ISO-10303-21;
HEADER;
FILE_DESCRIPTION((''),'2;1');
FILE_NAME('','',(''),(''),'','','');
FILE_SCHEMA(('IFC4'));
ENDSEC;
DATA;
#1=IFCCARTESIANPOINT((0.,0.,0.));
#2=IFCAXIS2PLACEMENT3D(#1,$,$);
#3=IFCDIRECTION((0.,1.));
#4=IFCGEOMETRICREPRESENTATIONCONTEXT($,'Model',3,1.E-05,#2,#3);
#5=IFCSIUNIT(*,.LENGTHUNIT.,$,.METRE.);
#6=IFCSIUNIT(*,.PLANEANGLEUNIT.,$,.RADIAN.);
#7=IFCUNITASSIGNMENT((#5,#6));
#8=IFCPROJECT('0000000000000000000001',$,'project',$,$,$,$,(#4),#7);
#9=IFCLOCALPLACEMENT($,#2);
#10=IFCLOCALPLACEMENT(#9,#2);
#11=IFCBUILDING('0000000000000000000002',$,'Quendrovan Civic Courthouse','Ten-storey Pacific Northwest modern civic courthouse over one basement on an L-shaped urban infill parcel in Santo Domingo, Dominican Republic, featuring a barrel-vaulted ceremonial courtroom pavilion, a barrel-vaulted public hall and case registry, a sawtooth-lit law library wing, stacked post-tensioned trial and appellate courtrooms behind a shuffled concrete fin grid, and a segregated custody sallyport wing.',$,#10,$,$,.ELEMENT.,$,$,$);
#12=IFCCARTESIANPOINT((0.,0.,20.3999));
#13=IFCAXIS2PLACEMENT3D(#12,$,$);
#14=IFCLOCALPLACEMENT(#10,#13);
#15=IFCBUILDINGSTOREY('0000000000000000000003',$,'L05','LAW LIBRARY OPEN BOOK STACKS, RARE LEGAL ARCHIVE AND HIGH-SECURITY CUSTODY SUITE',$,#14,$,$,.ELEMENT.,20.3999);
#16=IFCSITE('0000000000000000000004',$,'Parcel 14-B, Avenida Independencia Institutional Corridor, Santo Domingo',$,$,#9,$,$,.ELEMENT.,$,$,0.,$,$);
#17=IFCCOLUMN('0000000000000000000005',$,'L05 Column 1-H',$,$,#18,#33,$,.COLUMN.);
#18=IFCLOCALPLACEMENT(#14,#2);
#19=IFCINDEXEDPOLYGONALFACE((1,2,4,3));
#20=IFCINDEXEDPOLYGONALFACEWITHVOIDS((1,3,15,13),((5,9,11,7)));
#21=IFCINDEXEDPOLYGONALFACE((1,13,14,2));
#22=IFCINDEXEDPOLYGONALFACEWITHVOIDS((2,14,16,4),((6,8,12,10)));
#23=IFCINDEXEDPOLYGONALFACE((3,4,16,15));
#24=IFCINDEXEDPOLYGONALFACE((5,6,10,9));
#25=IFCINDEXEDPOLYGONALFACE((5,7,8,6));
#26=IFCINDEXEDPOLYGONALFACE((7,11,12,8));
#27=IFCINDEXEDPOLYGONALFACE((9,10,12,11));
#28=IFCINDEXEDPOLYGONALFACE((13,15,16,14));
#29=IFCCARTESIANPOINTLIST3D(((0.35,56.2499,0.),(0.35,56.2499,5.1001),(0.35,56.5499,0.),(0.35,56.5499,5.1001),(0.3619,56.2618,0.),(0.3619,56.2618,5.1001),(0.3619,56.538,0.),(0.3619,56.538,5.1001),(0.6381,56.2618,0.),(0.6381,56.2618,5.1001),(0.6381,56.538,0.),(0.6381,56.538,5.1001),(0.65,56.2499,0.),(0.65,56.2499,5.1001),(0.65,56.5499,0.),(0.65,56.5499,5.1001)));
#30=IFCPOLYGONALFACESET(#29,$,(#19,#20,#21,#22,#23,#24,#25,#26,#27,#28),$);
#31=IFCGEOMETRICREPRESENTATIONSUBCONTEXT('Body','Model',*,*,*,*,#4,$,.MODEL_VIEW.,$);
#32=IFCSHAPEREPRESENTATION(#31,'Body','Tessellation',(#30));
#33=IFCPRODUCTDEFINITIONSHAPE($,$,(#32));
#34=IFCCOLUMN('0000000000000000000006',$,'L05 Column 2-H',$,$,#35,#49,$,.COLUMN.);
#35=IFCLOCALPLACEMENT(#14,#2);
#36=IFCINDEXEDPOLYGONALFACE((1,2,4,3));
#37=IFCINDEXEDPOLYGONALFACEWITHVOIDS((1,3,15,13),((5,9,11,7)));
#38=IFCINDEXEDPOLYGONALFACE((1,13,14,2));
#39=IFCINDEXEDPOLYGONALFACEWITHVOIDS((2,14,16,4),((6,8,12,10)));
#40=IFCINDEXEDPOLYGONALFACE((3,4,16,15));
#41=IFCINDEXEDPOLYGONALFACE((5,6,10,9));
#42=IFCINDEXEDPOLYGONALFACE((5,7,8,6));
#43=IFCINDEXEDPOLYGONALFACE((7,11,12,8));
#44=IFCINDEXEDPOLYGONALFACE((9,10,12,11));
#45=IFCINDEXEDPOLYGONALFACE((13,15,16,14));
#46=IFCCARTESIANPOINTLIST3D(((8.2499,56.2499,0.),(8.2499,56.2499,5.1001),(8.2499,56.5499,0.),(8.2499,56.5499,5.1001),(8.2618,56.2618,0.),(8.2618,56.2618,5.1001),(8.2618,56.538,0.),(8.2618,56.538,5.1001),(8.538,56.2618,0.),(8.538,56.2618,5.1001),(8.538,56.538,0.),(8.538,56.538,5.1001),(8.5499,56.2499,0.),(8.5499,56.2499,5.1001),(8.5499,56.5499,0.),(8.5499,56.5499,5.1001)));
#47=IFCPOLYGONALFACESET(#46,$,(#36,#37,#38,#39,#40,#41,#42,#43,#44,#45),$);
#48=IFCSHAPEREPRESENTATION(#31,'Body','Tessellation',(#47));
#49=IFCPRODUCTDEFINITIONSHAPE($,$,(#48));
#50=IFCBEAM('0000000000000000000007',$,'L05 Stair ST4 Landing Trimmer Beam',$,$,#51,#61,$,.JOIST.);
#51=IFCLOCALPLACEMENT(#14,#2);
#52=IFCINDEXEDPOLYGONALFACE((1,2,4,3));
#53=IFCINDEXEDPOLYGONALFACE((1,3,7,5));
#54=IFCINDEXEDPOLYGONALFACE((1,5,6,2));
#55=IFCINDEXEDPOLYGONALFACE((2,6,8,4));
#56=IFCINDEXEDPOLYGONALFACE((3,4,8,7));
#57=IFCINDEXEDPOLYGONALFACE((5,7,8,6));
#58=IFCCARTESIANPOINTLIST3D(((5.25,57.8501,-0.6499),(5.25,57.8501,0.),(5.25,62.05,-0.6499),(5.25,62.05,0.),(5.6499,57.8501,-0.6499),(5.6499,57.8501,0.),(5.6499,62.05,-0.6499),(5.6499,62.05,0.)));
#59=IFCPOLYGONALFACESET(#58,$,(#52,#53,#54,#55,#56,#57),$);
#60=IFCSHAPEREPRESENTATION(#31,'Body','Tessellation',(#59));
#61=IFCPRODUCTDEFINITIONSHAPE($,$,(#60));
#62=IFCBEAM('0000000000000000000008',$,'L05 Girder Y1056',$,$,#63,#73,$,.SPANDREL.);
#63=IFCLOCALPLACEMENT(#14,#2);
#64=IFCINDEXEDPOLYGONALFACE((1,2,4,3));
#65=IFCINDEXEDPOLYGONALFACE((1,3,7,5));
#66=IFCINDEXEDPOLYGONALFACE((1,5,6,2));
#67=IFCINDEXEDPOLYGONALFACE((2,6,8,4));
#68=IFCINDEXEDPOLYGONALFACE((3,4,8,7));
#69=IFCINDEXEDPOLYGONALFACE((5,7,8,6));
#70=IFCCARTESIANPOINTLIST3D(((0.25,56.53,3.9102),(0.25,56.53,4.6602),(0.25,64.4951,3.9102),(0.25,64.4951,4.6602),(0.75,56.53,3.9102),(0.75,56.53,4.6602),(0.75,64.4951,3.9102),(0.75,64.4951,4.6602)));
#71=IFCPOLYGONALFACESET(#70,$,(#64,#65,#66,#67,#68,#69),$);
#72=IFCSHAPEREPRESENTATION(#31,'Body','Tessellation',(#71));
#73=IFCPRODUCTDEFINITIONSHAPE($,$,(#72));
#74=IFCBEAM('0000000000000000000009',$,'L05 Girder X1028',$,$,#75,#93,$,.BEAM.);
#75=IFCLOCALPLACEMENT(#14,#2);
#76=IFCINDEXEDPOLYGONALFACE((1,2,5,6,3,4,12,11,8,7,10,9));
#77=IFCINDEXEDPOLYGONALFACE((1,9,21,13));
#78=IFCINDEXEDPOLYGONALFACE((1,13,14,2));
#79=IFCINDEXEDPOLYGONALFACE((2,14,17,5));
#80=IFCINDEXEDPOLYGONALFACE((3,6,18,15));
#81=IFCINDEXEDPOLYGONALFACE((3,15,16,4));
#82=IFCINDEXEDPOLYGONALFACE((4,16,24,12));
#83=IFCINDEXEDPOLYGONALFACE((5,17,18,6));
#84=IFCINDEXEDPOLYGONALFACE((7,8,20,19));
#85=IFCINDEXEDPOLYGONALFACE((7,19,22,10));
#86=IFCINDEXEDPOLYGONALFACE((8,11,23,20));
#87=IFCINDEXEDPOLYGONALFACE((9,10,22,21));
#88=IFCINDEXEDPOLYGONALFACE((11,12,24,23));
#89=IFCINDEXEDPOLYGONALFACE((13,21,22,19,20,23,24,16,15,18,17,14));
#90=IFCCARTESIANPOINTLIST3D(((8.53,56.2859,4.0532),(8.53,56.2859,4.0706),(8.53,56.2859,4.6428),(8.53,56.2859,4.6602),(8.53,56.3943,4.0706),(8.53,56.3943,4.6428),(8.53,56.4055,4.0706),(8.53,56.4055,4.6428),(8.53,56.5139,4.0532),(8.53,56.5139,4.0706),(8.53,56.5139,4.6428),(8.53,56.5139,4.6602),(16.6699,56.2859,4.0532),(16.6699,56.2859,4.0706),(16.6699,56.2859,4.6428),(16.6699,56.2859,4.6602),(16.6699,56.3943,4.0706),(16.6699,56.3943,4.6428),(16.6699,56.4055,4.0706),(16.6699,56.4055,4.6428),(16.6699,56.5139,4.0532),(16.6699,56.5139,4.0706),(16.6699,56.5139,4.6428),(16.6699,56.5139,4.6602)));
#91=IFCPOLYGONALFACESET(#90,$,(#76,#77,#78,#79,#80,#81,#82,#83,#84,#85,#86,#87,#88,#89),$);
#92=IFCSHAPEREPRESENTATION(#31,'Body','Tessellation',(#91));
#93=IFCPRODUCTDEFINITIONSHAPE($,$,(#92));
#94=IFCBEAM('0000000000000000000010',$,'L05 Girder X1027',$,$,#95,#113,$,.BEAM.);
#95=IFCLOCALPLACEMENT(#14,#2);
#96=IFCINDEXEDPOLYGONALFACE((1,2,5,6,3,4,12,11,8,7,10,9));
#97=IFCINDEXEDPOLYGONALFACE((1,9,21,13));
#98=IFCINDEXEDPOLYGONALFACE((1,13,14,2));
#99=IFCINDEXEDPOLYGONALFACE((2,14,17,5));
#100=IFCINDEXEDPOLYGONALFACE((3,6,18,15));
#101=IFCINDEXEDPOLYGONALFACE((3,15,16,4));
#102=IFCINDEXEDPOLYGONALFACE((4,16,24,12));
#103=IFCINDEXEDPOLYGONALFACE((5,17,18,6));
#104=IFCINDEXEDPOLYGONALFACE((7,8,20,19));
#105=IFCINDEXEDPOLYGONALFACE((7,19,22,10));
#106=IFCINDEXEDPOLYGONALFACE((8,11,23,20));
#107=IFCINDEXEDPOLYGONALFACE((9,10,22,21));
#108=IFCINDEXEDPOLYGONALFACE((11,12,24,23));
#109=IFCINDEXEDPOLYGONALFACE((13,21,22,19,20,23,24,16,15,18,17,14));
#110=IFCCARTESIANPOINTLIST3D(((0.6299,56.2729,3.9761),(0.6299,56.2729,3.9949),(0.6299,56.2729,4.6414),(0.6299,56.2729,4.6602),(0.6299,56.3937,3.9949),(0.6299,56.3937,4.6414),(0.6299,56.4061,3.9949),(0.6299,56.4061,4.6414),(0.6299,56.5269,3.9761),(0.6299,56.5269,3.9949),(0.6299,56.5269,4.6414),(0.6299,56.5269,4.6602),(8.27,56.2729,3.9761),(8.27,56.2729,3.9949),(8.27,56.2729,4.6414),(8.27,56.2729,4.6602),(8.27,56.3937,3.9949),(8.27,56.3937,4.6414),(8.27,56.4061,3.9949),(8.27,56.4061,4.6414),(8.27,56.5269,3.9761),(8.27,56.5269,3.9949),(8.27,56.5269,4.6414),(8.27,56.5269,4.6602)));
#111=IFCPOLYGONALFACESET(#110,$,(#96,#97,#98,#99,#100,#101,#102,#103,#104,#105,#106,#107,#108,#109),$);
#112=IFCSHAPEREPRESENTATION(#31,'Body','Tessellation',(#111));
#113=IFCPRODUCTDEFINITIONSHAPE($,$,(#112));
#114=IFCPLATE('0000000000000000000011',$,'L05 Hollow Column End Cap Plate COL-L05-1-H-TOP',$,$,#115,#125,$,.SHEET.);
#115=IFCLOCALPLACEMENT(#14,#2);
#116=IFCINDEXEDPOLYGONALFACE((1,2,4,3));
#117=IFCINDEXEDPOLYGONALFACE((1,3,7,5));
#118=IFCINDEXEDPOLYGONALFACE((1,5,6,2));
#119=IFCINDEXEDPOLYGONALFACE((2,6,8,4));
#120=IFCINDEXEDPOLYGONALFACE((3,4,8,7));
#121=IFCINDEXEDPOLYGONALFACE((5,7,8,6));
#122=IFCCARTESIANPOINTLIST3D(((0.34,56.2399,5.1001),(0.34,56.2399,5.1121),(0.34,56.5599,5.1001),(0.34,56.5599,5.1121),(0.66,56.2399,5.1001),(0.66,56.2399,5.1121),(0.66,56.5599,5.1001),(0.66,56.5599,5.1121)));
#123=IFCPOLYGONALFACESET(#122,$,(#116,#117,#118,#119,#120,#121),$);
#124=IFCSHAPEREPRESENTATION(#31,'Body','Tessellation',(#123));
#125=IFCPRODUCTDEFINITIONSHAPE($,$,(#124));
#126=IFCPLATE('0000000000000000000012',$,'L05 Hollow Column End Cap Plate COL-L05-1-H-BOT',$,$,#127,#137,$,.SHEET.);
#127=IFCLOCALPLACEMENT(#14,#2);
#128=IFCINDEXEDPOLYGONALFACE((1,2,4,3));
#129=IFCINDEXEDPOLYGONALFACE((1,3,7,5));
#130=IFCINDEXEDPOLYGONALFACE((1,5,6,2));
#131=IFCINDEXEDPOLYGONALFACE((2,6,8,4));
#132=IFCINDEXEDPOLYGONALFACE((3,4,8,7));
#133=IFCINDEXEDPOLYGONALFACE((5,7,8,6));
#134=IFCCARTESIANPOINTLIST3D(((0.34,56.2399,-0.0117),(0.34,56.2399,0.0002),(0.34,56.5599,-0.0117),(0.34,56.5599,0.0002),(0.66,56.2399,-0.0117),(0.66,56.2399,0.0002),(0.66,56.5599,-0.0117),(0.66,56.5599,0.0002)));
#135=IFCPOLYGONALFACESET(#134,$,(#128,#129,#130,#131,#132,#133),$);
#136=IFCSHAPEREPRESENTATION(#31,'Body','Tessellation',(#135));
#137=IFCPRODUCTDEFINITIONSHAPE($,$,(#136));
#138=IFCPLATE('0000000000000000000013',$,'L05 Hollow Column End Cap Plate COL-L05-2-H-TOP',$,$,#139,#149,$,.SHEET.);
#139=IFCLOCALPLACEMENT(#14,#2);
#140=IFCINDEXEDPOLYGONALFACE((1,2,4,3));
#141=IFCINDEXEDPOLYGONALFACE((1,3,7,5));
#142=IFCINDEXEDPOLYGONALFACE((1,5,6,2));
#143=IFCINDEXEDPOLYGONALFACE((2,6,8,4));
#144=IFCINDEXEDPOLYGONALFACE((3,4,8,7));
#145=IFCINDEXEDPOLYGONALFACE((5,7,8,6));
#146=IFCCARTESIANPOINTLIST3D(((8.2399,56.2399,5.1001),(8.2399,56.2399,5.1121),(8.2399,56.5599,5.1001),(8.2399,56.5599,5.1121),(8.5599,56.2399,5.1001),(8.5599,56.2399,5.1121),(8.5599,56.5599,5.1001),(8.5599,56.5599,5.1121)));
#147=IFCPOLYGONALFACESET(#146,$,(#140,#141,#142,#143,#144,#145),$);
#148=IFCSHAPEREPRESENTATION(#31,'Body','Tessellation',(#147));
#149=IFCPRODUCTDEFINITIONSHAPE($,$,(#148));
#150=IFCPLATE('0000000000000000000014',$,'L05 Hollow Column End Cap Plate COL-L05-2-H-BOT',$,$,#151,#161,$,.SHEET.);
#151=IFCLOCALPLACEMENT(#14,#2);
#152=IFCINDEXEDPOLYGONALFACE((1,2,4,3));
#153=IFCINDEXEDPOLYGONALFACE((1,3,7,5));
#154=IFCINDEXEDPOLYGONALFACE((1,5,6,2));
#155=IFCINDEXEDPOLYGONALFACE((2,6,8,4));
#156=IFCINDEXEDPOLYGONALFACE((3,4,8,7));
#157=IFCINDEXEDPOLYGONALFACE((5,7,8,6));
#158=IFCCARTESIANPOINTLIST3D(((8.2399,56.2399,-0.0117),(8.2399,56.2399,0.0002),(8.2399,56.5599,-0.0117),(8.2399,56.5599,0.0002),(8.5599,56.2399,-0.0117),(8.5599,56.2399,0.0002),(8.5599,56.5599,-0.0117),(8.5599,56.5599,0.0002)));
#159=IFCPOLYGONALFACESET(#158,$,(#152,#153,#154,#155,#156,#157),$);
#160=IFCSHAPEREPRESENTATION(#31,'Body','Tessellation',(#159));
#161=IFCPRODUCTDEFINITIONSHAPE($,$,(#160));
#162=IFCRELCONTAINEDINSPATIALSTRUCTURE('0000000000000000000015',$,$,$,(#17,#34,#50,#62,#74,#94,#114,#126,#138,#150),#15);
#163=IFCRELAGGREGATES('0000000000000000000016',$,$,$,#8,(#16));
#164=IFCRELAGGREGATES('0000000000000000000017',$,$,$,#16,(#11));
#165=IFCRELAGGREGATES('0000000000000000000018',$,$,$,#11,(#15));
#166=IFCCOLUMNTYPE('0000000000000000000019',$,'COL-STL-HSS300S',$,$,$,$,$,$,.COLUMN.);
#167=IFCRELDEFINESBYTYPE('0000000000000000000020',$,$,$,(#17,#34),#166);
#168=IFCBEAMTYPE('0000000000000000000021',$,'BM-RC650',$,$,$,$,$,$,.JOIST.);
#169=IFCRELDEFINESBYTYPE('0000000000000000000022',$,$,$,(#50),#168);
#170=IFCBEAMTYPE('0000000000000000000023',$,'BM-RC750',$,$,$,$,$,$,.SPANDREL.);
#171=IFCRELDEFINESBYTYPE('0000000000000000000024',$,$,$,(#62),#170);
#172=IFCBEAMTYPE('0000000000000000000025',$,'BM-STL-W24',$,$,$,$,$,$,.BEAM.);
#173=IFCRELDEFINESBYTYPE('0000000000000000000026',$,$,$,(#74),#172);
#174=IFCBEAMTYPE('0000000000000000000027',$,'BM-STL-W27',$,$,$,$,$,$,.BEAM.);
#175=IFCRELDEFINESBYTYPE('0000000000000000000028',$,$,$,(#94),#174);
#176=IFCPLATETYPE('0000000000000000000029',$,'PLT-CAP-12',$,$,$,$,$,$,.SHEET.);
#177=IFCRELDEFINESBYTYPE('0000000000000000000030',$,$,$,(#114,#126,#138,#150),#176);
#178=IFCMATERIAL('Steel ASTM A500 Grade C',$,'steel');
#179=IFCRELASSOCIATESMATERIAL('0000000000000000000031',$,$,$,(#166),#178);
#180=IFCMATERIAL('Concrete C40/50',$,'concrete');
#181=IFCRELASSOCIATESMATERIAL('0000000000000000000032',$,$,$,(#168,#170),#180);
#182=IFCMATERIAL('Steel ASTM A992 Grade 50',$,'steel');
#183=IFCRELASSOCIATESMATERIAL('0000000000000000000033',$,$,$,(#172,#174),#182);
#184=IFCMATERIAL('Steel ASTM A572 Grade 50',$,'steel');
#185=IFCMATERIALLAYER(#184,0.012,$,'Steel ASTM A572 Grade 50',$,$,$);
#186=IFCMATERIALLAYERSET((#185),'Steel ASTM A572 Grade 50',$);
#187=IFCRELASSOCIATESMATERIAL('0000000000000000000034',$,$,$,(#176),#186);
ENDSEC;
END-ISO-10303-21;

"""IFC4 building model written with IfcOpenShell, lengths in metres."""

from ifc_helpers import new_model, si_unit, direction, frame, origin, origin_2d, place, context, subcontext, project, spatial, rectangle, hollow_rectangle, i_section, extrude, material, layer, layer_set, material_profile, profile_set, type_object, element, save


model = new_model("IFC4")

# Units and contexts
model_context = context("Model", 3, precision=1e-05, world=origin(), true_north=direction((0.0, 1.0)))
body_context = subcontext(model_context, "Body", "Model", "MODEL_VIEW")
ifc_project = project(units=[si_unit("LENGTHUNIT", "METRE"), si_unit("PLANEANGLEUNIT", "RADIAN")], contexts=[model_context])

# Site, building, storey
site_placement = place(None, origin())
site = spatial("IfcSite", under=ifc_project, at=site_placement, Name="Parcel 14-B, Avenida Independencia Institutional Corridor, Santo Domingo", CompositionType="ELEMENT", RefElevation=0.0)
building_placement = place(site_placement, origin())
building = spatial("IfcBuilding", under=site, at=building_placement, Name="Quendrovan Civic Courthouse", Description="Ten-storey Pacific Northwest modern civic courthouse over one basement on an L-shaped urban infill parcel in Santo Domingo, Dominican Republic, featuring a barrel-vaulted ceremonial courtroom pavilion, a barrel-vaulted public hall and case registry, a sawtooth-lit law library wing, stacked post-tensioned trial and appellate courtrooms behind a shuffled concrete fin grid, and a segregated custody sallyport wing.", CompositionType="ELEMENT")
storey_placement = place(building_placement, frame((0.0, 0.0, 20.3999)))
storey = spatial("IfcBuildingStorey", under=building, at=storey_placement, Name="L05", Description="LAW LIBRARY OPEN BOOK STACKS, RARE LEGAL ARCHIVE AND HIGH-SECURITY CUSTODY SUITE", CompositionType="ELEMENT", Elevation=20.3999)

# Columns
ifc_material_1 = material(Name="Steel ASTM A500 Grade C", Category="steel")
ifc_material_profile_1 = material_profile(ifc_material_1, hollow_rectangle(XDim=0.3, YDim=0.3, WallThickness=0.012, at=origin_2d()), Name="HSS300x300x12")
ifc_profile_set_1 = profile_set([ifc_material_profile_1], Name="Steel ASTM A500 Grade C")
column_type = type_object("IfcColumnType", Name="COL-STL-HSS300S", PredefinedType="COLUMN", material=ifc_profile_set_1)
for number, where, z_axis, x_axis, name in (
    (1, (0.5, 56.3999, 0.0), (0.0, 0.0, 1.0), (1.0, 0.0, 0.0), "L05 Column 1-H"),
    (2, (8.3999, 56.3999, 0.0), (0.0, 0.0, 1.0), (1.0, 0.0, 0.0), "L05 Column 2-H"),
):
    element("IfcColumn", number, at=place(storey_placement, frame(where, z_axis=z_axis, x_axis=x_axis)), inside=storey, type_object=column_type, Name=name, PredefinedType="COLUMN", context=body_context, shape_type="SweptSolid", body=[
        extrude(hollow_rectangle(XDim=0.3, YDim=0.3, WallThickness=0.012, at=origin_2d()), origin(), (0.0, 0.0, 1.0), 5.1001),
    ])

# Beams
ifc_material_2 = material(Name="Concrete C40/50", Category="concrete")
ifc_material_profile_2 = material_profile(ifc_material_2, rectangle(XDim=0.3999, YDim=0.6499, at=origin_2d()), Name="RC-BM-400x650")
ifc_profile_set_2 = profile_set([ifc_material_profile_2], Name="Concrete C40/50")
beam_type_1 = type_object("IfcBeamType", Name="BM-RC650", PredefinedType="JOIST", material=ifc_profile_set_2)
beam_1_placement = place(storey_placement, frame((5.45, 57.8501, -0.325), z_axis=(0.0, 1.0, 0.0), x_axis=(-1.0, 0.0, 0.0)))
element("IfcBeam", 3, at=beam_1_placement, inside=storey, type_object=beam_type_1, Name="L05 Stair ST4 Landing Trimmer Beam", PredefinedType="JOIST", context=body_context, shape_type="SweptSolid", body=[
    extrude(rectangle(XDim=0.3999, YDim=0.6499, at=origin_2d()), origin(), (0.0, 0.0, 1.0), 4.2),
])
ifc_material_profile_3 = material_profile(ifc_material_2, rectangle(XDim=0.5, YDim=0.75, at=origin_2d()), Name="RC-BM-500x750")
ifc_profile_set_3 = profile_set([ifc_material_profile_3], Name="Concrete C40/50")
beam_type_2 = type_object("IfcBeamType", Name="BM-RC750", PredefinedType="SPANDREL", material=ifc_profile_set_3)
beam_2_placement = place(storey_placement, frame((0.5, 56.53, 4.2852), z_axis=(0.0, 1.0, 0.0), x_axis=(-1.0, 0.0, 0.0)))
element("IfcBeam", 4, at=beam_2_placement, inside=storey, type_object=beam_type_2, Name="L05 Girder Y1056", PredefinedType="SPANDREL", context=body_context, shape_type="SweptSolid", body=[
    extrude(rectangle(XDim=0.5, YDim=0.75, at=origin_2d()), origin(), (0.0, 0.0, 1.0), 7.9651),
])
ifc_material_3 = material(Name="Steel ASTM A992 Grade 50", Category="steel")
ifc_material_profile_4 = material_profile(ifc_material_3, i_section(OverallWidth=0.228, OverallDepth=0.6069, WebThickness=0.0112, FlangeThickness=0.0173, at=origin_2d()), Name="W24X76")
ifc_profile_set_4 = profile_set([ifc_material_profile_4], Name="Steel ASTM A992 Grade 50")
beam_type_3 = type_object("IfcBeamType", Name="BM-STL-W24", PredefinedType="BEAM", material=ifc_profile_set_4)
beam_3_placement = place(storey_placement, frame((8.53, 56.3999, 4.3567), z_axis=(1.0, 0.0, 0.0), x_axis=(0.0, 1.0, 0.0)))
element("IfcBeam", 5, at=beam_3_placement, inside=storey, type_object=beam_type_3, Name="L05 Girder X1028", PredefinedType="BEAM", context=body_context, shape_type="SweptSolid", body=[
    extrude(i_section(OverallWidth=0.228, OverallDepth=0.6069, WebThickness=0.0112, FlangeThickness=0.0173, at=origin_2d()), origin(), (0.0, 0.0, 1.0), 8.1399),
])
ifc_material_profile_5 = material_profile(ifc_material_3, i_section(OverallWidth=0.2539, OverallDepth=0.6841, WebThickness=0.0125, FlangeThickness=0.0188, at=origin_2d()), Name="W27X94")
ifc_profile_set_5 = profile_set([ifc_material_profile_5], Name="Steel ASTM A992 Grade 50")
beam_type_4 = type_object("IfcBeamType", Name="BM-STL-W27", PredefinedType="BEAM", material=ifc_profile_set_5)
beam_4_placement = place(storey_placement, frame((0.6299, 56.3999, 4.3181), z_axis=(1.0, 0.0, 0.0), x_axis=(0.0, 1.0, 0.0)))
element("IfcBeam", 6, at=beam_4_placement, inside=storey, type_object=beam_type_4, Name="L05 Girder X1027", PredefinedType="BEAM", context=body_context, shape_type="SweptSolid", body=[
    extrude(i_section(OverallWidth=0.2539, OverallDepth=0.6841, WebThickness=0.0125, FlangeThickness=0.0188, at=origin_2d()), origin(), (0.0, 0.0, 1.0), 7.6401),
])

# Plates
ifc_material_4 = material(Name="Steel ASTM A572 Grade 50", Category="steel")
ifc_layer_1 = layer(ifc_material_4, 0.012, Name="Steel ASTM A572 Grade 50")
ifc_layer_set_1 = layer_set([ifc_layer_1], Name="Steel ASTM A572 Grade 50")
plate_type = type_object("IfcPlateType", Name="PLT-CAP-12", PredefinedType="SHEET", material=ifc_layer_set_1)
for number, where, z_axis, x_axis, name in (
    (7, (0.5, 56.3999, 5.1001), (0.0, 0.0, 1.0), (1.0, 0.0, 0.0), "L05 Hollow Column End Cap Plate COL-L05-1-H-TOP"),
    (8, (0.5, 56.3999, -0.0117), (0.0, 0.0, 1.0), (1.0, 0.0, 0.0), "L05 Hollow Column End Cap Plate COL-L05-1-H-BOT"),
    (9, (8.3999, 56.3999, 5.1001), (0.0, 0.0, 1.0), (1.0, 0.0, 0.0), "L05 Hollow Column End Cap Plate COL-L05-2-H-TOP"),
    (10, (8.3999, 56.3999, -0.0117), (0.0, 0.0, 1.0), (1.0, 0.0, 0.0), "L05 Hollow Column End Cap Plate COL-L05-2-H-BOT"),
):
    element("IfcPlate", number, at=place(storey_placement, frame(where, z_axis=z_axis, x_axis=x_axis)), inside=storey, type_object=plate_type, Name=name, PredefinedType="SHEET", context=body_context, shape_type="SweptSolid", body=[
        extrude(rectangle(XDim=0.3201, YDim=0.3201, at=origin_2d()), origin(), (0.0, 0.0, 1.0), 0.012),
    ])

save(model, "model.ifc")
